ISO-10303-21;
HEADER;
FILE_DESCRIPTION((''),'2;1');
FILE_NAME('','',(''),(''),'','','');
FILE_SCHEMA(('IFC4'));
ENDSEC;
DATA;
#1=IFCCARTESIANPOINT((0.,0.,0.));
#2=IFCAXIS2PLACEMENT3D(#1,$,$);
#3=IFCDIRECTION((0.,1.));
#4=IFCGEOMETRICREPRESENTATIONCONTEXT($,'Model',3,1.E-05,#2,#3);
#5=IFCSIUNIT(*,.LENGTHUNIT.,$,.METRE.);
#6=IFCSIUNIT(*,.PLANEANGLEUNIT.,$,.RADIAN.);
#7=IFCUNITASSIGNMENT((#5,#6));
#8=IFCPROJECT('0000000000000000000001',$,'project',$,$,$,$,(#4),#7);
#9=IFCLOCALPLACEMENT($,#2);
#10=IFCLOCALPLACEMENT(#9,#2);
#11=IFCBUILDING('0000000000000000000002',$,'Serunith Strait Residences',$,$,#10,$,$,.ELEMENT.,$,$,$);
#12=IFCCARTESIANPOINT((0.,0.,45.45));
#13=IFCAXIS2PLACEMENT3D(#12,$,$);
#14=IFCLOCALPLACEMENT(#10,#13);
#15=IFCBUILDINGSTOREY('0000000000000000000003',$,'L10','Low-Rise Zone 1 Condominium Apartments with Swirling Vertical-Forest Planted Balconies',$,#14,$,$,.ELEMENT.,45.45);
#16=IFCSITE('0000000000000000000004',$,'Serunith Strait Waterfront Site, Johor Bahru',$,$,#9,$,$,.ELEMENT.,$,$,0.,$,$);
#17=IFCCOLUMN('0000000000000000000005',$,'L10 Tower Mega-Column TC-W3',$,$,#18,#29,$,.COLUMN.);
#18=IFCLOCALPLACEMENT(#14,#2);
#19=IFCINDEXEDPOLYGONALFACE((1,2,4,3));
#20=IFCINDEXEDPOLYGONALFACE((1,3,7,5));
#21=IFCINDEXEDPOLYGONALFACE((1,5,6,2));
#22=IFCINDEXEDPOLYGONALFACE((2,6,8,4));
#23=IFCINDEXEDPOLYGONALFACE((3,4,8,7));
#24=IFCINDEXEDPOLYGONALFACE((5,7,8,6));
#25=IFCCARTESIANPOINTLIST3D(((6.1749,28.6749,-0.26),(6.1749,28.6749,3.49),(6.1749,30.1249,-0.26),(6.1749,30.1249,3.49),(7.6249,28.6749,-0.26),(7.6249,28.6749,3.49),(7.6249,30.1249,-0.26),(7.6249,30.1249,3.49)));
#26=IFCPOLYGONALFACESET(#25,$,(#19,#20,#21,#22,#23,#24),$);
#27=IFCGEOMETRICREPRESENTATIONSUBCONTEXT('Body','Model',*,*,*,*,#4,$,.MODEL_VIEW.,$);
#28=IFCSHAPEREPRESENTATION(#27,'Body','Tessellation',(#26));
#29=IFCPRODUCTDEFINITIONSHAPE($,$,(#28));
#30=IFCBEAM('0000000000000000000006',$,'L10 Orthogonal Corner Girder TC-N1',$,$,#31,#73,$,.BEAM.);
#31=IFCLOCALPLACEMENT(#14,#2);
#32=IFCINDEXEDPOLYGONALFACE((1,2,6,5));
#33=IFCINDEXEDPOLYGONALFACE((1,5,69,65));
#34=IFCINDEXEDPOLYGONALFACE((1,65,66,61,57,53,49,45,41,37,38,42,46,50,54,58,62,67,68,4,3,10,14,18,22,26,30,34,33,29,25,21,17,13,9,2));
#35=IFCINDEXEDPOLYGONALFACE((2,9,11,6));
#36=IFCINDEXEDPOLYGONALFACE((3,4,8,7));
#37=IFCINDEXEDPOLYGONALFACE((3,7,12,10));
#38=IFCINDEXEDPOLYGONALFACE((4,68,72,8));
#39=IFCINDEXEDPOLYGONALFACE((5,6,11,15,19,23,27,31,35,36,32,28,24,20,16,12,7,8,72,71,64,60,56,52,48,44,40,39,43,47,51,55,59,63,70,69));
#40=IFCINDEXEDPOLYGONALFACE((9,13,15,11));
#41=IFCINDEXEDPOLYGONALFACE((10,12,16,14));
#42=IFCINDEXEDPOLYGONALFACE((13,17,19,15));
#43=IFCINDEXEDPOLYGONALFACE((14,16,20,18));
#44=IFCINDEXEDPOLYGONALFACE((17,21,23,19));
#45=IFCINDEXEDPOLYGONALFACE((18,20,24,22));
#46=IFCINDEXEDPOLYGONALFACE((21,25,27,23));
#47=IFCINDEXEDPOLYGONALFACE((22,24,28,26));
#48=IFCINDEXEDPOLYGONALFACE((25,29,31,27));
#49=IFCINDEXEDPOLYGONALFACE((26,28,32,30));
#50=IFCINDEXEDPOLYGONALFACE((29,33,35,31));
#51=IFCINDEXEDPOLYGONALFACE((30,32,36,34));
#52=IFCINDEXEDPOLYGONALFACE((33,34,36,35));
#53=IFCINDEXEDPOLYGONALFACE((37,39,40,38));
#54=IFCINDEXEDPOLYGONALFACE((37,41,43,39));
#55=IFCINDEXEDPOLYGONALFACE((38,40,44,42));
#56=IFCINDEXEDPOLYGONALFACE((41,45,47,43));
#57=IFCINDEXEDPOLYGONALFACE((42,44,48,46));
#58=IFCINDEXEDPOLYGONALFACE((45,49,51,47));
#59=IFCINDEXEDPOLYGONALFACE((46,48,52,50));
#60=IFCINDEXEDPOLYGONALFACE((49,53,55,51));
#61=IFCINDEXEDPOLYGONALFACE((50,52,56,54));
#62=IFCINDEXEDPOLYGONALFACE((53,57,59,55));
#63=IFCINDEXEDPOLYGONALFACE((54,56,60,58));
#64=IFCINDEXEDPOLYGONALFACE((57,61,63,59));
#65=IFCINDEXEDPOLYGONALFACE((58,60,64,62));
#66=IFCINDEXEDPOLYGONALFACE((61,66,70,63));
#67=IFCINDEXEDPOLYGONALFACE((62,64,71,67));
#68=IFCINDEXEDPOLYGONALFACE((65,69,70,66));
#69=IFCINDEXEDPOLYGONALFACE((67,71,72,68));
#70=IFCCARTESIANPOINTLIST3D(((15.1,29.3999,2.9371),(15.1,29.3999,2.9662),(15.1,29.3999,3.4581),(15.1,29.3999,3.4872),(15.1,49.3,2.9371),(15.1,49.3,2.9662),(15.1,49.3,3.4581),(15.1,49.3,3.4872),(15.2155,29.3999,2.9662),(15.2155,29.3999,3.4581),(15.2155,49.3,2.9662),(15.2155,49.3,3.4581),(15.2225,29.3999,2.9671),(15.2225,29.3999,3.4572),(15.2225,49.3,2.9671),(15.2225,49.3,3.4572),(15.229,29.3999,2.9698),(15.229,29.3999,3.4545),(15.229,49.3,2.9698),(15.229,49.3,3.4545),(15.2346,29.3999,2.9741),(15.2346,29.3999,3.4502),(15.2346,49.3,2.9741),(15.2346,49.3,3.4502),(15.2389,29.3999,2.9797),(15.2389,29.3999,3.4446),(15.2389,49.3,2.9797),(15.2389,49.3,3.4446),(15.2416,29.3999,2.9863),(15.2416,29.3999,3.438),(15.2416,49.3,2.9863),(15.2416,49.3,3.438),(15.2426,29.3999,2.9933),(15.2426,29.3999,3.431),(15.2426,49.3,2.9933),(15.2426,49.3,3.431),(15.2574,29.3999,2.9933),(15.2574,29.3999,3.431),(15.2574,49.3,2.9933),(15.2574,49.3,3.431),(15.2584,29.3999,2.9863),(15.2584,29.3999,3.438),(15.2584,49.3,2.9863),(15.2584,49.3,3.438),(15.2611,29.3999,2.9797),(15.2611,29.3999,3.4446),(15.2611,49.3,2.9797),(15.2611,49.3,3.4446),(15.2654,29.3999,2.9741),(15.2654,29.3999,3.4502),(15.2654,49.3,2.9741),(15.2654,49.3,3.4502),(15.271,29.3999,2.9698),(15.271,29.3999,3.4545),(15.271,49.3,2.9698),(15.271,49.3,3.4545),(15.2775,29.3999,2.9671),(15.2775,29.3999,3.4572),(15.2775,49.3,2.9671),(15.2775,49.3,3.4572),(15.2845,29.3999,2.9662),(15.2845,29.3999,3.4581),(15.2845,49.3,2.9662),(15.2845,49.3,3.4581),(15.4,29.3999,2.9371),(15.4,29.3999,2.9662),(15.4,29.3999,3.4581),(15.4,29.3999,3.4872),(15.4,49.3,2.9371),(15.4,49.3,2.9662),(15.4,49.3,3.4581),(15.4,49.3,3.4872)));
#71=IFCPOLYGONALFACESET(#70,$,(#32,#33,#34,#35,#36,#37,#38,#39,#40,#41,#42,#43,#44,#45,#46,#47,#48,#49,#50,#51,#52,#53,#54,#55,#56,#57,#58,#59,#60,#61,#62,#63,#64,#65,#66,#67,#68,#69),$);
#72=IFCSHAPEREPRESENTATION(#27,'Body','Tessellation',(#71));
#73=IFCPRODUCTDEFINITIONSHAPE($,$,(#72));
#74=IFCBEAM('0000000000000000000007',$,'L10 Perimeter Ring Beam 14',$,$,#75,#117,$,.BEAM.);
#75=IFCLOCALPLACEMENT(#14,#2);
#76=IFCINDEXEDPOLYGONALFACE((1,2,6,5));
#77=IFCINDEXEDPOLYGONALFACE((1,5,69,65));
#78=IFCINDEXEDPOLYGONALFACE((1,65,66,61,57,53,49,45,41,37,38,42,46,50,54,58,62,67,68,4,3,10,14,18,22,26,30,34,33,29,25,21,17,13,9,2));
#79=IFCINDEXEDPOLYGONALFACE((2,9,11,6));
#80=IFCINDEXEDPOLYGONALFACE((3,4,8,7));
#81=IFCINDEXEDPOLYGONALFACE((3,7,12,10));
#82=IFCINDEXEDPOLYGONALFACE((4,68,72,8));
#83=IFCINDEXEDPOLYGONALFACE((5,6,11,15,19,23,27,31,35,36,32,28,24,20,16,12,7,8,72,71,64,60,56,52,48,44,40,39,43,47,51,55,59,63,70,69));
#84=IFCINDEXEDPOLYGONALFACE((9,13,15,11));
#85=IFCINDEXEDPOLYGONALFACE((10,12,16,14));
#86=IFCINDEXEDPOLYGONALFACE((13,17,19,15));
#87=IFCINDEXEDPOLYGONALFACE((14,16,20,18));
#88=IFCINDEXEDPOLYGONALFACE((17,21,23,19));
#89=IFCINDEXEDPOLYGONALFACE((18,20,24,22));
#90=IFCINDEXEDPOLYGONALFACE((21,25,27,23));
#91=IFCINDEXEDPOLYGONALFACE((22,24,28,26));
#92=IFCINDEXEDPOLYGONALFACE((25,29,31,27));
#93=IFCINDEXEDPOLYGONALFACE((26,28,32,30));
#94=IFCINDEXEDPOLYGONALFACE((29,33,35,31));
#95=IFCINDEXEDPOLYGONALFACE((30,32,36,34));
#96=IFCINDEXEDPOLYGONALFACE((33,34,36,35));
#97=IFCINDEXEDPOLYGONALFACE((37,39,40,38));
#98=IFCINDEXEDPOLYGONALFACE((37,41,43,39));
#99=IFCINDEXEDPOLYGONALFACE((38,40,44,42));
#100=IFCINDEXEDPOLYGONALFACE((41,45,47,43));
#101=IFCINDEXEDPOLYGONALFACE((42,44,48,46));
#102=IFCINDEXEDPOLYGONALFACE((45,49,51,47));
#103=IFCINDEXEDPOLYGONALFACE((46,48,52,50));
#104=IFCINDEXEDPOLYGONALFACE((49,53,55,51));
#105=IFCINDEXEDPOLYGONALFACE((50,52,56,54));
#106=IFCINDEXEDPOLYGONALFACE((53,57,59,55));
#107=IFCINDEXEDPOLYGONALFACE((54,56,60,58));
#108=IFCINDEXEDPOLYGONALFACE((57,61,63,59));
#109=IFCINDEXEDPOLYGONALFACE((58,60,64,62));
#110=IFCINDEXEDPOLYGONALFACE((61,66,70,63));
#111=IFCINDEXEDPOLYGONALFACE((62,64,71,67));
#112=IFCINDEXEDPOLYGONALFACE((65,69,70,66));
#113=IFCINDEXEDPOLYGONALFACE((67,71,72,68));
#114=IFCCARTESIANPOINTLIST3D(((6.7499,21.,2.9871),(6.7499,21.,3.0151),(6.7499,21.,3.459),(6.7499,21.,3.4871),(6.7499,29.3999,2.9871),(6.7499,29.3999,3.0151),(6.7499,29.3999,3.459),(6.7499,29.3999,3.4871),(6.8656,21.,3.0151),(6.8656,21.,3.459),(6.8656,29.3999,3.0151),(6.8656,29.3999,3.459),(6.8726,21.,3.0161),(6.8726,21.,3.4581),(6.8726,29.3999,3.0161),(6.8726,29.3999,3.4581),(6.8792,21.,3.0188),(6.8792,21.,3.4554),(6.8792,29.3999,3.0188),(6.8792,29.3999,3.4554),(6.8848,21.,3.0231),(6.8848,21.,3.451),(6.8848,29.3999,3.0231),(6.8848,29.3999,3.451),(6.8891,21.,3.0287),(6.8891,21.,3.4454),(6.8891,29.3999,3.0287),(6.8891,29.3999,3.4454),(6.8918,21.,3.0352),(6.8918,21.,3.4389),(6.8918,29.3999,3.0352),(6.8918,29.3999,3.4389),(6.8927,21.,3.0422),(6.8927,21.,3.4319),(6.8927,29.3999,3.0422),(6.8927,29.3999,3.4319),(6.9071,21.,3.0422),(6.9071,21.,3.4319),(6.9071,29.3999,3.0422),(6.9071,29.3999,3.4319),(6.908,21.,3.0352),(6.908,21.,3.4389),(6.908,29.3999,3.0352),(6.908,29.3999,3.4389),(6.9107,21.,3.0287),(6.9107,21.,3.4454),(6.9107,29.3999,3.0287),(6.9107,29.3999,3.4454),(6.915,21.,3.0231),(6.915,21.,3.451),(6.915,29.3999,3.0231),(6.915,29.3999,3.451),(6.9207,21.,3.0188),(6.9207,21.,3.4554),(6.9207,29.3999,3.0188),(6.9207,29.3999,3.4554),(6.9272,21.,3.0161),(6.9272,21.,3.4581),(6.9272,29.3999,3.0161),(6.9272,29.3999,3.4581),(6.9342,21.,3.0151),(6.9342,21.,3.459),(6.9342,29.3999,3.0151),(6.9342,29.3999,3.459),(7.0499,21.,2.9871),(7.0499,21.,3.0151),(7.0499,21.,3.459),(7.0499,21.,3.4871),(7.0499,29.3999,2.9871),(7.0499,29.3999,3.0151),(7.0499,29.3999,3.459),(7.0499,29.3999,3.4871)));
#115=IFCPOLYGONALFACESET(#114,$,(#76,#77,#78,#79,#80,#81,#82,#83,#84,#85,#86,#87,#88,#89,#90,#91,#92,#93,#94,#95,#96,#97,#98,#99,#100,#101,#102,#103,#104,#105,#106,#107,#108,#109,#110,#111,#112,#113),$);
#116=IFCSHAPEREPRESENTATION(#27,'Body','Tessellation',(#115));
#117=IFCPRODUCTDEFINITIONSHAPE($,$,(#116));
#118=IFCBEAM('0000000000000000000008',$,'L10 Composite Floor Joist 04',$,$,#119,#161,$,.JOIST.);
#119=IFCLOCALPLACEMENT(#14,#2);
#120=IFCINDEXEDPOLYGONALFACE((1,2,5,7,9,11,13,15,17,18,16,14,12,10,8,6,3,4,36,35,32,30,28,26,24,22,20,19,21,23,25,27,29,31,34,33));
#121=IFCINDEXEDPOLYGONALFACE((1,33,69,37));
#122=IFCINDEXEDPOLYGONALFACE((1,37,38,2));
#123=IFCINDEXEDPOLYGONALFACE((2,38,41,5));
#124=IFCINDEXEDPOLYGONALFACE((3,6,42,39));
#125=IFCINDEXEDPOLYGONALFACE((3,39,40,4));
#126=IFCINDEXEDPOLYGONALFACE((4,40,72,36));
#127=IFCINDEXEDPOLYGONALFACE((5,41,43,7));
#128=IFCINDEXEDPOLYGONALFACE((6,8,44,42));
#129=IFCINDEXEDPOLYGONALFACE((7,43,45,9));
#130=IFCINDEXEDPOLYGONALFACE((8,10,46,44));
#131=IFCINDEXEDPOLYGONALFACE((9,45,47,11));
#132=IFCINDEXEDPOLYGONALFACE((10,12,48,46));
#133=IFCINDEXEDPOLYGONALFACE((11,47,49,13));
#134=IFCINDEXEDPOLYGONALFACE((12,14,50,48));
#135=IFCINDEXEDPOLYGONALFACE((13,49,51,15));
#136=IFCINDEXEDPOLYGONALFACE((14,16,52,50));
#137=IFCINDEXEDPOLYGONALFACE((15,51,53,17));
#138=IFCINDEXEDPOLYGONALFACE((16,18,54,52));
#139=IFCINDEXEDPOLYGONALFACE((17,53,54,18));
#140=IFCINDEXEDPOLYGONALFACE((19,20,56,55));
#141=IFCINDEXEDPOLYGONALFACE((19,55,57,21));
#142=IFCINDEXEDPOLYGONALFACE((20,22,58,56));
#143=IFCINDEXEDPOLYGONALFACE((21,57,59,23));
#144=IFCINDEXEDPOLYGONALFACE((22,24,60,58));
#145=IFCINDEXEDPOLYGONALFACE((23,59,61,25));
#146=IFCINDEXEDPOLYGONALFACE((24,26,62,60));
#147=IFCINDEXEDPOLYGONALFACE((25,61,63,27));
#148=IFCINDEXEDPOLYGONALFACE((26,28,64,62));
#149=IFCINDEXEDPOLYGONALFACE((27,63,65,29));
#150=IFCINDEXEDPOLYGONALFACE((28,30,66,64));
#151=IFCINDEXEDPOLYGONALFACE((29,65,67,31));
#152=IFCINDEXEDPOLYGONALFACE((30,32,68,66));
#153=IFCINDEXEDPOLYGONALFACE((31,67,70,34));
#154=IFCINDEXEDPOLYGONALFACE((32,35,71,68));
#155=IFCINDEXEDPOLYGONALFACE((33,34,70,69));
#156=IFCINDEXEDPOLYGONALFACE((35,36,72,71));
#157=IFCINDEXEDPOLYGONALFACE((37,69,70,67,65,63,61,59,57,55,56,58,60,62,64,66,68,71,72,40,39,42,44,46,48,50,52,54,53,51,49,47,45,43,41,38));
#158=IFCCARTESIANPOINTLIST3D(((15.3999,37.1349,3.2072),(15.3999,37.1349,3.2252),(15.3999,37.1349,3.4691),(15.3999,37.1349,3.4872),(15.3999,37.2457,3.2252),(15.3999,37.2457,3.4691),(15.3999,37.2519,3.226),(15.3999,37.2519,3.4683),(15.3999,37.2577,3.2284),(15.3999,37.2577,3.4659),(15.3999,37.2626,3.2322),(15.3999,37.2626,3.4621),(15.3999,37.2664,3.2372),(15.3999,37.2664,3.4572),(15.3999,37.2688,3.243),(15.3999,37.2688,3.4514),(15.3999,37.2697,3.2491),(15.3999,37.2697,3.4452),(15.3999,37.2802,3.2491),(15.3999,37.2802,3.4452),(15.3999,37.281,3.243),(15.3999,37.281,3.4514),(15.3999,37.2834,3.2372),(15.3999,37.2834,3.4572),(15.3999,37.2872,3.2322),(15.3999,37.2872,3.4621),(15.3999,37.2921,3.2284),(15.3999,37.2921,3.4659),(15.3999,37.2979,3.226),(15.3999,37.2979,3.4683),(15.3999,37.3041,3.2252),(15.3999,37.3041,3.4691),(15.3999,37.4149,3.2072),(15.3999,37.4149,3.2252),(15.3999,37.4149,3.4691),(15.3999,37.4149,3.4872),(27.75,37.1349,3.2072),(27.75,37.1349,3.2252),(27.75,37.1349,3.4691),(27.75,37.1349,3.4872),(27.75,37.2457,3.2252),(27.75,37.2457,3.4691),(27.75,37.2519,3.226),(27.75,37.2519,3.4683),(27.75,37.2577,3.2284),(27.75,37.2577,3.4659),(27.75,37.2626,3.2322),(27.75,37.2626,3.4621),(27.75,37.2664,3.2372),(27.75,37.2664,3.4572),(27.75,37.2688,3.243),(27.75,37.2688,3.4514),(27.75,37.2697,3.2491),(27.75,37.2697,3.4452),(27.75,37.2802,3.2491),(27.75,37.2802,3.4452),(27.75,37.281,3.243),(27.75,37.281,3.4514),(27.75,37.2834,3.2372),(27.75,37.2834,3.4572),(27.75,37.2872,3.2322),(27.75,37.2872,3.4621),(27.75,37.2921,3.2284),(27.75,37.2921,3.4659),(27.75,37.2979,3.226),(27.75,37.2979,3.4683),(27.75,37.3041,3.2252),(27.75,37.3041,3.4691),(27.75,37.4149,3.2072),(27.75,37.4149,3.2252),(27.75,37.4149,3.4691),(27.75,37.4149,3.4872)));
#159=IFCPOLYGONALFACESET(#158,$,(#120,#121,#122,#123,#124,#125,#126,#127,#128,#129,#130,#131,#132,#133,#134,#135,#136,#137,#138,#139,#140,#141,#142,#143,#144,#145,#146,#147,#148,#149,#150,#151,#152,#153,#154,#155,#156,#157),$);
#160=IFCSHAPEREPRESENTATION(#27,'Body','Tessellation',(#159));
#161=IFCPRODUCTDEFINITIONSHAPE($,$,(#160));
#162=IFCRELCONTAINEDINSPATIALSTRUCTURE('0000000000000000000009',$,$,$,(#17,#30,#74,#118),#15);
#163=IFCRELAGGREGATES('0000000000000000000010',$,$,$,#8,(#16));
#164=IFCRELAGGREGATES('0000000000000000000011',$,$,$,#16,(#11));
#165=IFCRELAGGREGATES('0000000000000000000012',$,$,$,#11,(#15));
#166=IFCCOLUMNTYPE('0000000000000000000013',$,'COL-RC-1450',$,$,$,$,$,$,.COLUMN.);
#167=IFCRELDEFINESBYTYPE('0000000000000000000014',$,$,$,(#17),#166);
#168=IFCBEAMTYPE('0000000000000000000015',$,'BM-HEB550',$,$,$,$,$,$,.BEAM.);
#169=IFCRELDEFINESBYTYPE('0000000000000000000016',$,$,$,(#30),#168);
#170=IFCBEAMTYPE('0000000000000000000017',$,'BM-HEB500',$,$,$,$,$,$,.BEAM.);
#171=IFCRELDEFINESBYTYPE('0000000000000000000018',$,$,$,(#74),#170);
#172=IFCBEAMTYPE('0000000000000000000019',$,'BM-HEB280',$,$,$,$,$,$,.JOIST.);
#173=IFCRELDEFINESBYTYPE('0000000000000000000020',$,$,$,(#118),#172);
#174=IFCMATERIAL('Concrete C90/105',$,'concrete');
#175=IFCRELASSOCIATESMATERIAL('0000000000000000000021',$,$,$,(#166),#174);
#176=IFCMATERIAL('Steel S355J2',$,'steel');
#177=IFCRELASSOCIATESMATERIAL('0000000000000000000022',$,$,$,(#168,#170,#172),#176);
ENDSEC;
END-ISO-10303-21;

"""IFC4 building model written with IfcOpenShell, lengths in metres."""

from ifc_helpers import new_model, si_unit, direction, frame, origin, origin_2d, place, context, subcontext, project, spatial, rectangle, i_section, extrude, source, transform, mapped, material, material_profile, profile_set, type_object, element, save


model = new_model("IFC4")

# Units and contexts
model_context = context("Model", 3, precision=1e-05, world=origin(), true_north=direction((0.0, 1.0)))
body_context = subcontext(model_context, "Body", "Model", "MODEL_VIEW")
ifc_project = project(units=[si_unit("LENGTHUNIT", "METRE"), si_unit("PLANEANGLEUNIT", "RADIAN")], contexts=[model_context])

# Site, building, storey
site_placement = place(None, origin())
site = spatial("IfcSite", under=ifc_project, at=site_placement, Name="Serunith Strait Waterfront Site, Johor Bahru", CompositionType="ELEMENT", RefElevation=0.0)
building_placement = place(site_placement, origin())
building = spatial("IfcBuilding", under=site, at=building_placement, Name="Serunith Strait Residences", CompositionType="ELEMENT")
storey_placement = place(building_placement, frame((0.0, 0.0, 45.45)))
storey = spatial("IfcBuildingStorey", under=building, at=storey_placement, Name="L10", Description="Low-Rise Zone 1 Condominium Apartments with Swirling Vertical-Forest Planted Balconies", CompositionType="ELEMENT", Elevation=45.45)

# Column
ifc_material_1 = material(Name="Concrete C90/105", Category="concrete")
ifc_material_profile_1 = material_profile(ifc_material_1, rectangle(XDim=1.45, YDim=1.45, at=origin_2d()), Name="RC 1450x1450")
ifc_profile_set_1 = profile_set([ifc_material_profile_1], Name="Concrete C90/105")
column_type = type_object("IfcColumnType", Name="COL-RC-1450", PredefinedType="COLUMN", material=ifc_profile_set_1)
shared_shape_1 = source(origin(), body_context, "Body", "SweptSolid", [
    extrude(rectangle(XDim=1.45, YDim=1.45, at=origin_2d()), origin(), (0.0, 0.0, 1.0), 3.75),
])
column_placement = place(storey_placement, frame((6.8999, 29.3999, -0.26), z_axis=(0.0, 0.0, 1.0), x_axis=(1.0, 0.0, 0.0)))
element("IfcColumn", 1, at=column_placement, inside=storey, type_object=column_type, Name="L10 Tower Mega-Column TC-W3", PredefinedType="COLUMN", context=body_context, shape_type="MappedRepresentation", body=[
    mapped(shared_shape_1, transform((0.0, 0.0, 0.0), scale=1.0)),
])

# Beams
ifc_material_2 = material(Name="Steel S355J2", Category="steel")
ifc_material_profile_2 = material_profile(ifc_material_2, i_section(OverallWidth=0.3, OverallDepth=0.55, WebThickness=0.0149, FlangeThickness=0.0291, FilletRadius=0.0271, at=origin_2d()), Name="HEB 550")
ifc_profile_set_2 = profile_set([ifc_material_profile_2], Name="Steel S355J2")
beam_type_1 = type_object("IfcBeamType", Name="BM-HEB550", PredefinedType="BEAM", material=ifc_profile_set_2)
shared_shape_2 = source(origin(), body_context, "Body", "SweptSolid", [
    extrude(i_section(OverallWidth=0.3, OverallDepth=0.55, WebThickness=0.0149, FlangeThickness=0.0291, FilletRadius=0.0271, at=origin_2d()), origin(), (0.0, 0.0, 1.0), 19.9001),
])
beam_1_placement = place(storey_placement, frame((15.25, 29.3999, 3.2122), z_axis=(0.0, 1.0, 0.0), x_axis=(-1.0, 0.0, 0.0)))
element("IfcBeam", 2, at=beam_1_placement, inside=storey, type_object=beam_type_1, Name="L10 Orthogonal Corner Girder TC-N1", PredefinedType="BEAM", context=body_context, shape_type="MappedRepresentation", body=[
    mapped(shared_shape_2, transform((0.0, 0.0, 0.0), scale=1.0)),
])
ifc_material_profile_3 = material_profile(ifc_material_2, i_section(OverallWidth=0.3, OverallDepth=0.5, WebThickness=0.0144, FlangeThickness=0.0281, FilletRadius=0.0271, at=origin_2d()), Name="HEB 500")
ifc_profile_set_3 = profile_set([ifc_material_profile_3], Name="Steel S355J2")
beam_type_2 = type_object("IfcBeamType", Name="BM-HEB500", PredefinedType="BEAM", material=ifc_profile_set_3)
shared_shape_3 = source(origin(), body_context, "Body", "SweptSolid", [
    extrude(i_section(OverallWidth=0.3, OverallDepth=0.5, WebThickness=0.0144, FlangeThickness=0.0281, FilletRadius=0.0271, at=origin_2d()), origin(), (0.0, 0.0, 1.0), 8.3999),
])
beam_2_placement = place(storey_placement, frame((6.8999, 29.3999, 3.2371), z_axis=(0.0, -1.0, 0.0), x_axis=(1.0, 0.0, 0.0)))
element("IfcBeam", 3, at=beam_2_placement, inside=storey, type_object=beam_type_2, Name="L10 Perimeter Ring Beam 14", PredefinedType="BEAM", context=body_context, shape_type="MappedRepresentation", body=[
    mapped(shared_shape_3, transform((0.0, 0.0, 0.0), scale=1.0)),
])
ifc_material_profile_4 = material_profile(ifc_material_2, i_section(OverallWidth=0.28, OverallDepth=0.28, WebThickness=0.0105, FlangeThickness=0.0181, FilletRadius=0.0239, at=origin_2d()), Name="HEB 280")
ifc_profile_set_4 = profile_set([ifc_material_profile_4], Name="Steel S355J2")
beam_type_3 = type_object("IfcBeamType", Name="BM-HEB280", PredefinedType="JOIST", material=ifc_profile_set_4)
shared_shape_4 = source(origin(), body_context, "Body", "SweptSolid", [
    extrude(i_section(OverallWidth=0.28, OverallDepth=0.28, WebThickness=0.0105, FlangeThickness=0.0181, FilletRadius=0.0239, at=origin_2d()), origin(), (0.0, 0.0, 1.0), 12.3501),
])
beam_3_placement = place(storey_placement, frame((15.3999, 37.2749, 3.3472), z_axis=(1.0, 0.0, 0.0), x_axis=(0.0, 1.0, 0.0)))
element("IfcBeam", 4, at=beam_3_placement, inside=storey, type_object=beam_type_3, Name="L10 Composite Floor Joist 04", PredefinedType="JOIST", context=body_context, shape_type="MappedRepresentation", body=[
    mapped(shared_shape_4, transform((0.0, 0.0, 0.0), scale=1.0)),
])

save(model, "model.ifc")
